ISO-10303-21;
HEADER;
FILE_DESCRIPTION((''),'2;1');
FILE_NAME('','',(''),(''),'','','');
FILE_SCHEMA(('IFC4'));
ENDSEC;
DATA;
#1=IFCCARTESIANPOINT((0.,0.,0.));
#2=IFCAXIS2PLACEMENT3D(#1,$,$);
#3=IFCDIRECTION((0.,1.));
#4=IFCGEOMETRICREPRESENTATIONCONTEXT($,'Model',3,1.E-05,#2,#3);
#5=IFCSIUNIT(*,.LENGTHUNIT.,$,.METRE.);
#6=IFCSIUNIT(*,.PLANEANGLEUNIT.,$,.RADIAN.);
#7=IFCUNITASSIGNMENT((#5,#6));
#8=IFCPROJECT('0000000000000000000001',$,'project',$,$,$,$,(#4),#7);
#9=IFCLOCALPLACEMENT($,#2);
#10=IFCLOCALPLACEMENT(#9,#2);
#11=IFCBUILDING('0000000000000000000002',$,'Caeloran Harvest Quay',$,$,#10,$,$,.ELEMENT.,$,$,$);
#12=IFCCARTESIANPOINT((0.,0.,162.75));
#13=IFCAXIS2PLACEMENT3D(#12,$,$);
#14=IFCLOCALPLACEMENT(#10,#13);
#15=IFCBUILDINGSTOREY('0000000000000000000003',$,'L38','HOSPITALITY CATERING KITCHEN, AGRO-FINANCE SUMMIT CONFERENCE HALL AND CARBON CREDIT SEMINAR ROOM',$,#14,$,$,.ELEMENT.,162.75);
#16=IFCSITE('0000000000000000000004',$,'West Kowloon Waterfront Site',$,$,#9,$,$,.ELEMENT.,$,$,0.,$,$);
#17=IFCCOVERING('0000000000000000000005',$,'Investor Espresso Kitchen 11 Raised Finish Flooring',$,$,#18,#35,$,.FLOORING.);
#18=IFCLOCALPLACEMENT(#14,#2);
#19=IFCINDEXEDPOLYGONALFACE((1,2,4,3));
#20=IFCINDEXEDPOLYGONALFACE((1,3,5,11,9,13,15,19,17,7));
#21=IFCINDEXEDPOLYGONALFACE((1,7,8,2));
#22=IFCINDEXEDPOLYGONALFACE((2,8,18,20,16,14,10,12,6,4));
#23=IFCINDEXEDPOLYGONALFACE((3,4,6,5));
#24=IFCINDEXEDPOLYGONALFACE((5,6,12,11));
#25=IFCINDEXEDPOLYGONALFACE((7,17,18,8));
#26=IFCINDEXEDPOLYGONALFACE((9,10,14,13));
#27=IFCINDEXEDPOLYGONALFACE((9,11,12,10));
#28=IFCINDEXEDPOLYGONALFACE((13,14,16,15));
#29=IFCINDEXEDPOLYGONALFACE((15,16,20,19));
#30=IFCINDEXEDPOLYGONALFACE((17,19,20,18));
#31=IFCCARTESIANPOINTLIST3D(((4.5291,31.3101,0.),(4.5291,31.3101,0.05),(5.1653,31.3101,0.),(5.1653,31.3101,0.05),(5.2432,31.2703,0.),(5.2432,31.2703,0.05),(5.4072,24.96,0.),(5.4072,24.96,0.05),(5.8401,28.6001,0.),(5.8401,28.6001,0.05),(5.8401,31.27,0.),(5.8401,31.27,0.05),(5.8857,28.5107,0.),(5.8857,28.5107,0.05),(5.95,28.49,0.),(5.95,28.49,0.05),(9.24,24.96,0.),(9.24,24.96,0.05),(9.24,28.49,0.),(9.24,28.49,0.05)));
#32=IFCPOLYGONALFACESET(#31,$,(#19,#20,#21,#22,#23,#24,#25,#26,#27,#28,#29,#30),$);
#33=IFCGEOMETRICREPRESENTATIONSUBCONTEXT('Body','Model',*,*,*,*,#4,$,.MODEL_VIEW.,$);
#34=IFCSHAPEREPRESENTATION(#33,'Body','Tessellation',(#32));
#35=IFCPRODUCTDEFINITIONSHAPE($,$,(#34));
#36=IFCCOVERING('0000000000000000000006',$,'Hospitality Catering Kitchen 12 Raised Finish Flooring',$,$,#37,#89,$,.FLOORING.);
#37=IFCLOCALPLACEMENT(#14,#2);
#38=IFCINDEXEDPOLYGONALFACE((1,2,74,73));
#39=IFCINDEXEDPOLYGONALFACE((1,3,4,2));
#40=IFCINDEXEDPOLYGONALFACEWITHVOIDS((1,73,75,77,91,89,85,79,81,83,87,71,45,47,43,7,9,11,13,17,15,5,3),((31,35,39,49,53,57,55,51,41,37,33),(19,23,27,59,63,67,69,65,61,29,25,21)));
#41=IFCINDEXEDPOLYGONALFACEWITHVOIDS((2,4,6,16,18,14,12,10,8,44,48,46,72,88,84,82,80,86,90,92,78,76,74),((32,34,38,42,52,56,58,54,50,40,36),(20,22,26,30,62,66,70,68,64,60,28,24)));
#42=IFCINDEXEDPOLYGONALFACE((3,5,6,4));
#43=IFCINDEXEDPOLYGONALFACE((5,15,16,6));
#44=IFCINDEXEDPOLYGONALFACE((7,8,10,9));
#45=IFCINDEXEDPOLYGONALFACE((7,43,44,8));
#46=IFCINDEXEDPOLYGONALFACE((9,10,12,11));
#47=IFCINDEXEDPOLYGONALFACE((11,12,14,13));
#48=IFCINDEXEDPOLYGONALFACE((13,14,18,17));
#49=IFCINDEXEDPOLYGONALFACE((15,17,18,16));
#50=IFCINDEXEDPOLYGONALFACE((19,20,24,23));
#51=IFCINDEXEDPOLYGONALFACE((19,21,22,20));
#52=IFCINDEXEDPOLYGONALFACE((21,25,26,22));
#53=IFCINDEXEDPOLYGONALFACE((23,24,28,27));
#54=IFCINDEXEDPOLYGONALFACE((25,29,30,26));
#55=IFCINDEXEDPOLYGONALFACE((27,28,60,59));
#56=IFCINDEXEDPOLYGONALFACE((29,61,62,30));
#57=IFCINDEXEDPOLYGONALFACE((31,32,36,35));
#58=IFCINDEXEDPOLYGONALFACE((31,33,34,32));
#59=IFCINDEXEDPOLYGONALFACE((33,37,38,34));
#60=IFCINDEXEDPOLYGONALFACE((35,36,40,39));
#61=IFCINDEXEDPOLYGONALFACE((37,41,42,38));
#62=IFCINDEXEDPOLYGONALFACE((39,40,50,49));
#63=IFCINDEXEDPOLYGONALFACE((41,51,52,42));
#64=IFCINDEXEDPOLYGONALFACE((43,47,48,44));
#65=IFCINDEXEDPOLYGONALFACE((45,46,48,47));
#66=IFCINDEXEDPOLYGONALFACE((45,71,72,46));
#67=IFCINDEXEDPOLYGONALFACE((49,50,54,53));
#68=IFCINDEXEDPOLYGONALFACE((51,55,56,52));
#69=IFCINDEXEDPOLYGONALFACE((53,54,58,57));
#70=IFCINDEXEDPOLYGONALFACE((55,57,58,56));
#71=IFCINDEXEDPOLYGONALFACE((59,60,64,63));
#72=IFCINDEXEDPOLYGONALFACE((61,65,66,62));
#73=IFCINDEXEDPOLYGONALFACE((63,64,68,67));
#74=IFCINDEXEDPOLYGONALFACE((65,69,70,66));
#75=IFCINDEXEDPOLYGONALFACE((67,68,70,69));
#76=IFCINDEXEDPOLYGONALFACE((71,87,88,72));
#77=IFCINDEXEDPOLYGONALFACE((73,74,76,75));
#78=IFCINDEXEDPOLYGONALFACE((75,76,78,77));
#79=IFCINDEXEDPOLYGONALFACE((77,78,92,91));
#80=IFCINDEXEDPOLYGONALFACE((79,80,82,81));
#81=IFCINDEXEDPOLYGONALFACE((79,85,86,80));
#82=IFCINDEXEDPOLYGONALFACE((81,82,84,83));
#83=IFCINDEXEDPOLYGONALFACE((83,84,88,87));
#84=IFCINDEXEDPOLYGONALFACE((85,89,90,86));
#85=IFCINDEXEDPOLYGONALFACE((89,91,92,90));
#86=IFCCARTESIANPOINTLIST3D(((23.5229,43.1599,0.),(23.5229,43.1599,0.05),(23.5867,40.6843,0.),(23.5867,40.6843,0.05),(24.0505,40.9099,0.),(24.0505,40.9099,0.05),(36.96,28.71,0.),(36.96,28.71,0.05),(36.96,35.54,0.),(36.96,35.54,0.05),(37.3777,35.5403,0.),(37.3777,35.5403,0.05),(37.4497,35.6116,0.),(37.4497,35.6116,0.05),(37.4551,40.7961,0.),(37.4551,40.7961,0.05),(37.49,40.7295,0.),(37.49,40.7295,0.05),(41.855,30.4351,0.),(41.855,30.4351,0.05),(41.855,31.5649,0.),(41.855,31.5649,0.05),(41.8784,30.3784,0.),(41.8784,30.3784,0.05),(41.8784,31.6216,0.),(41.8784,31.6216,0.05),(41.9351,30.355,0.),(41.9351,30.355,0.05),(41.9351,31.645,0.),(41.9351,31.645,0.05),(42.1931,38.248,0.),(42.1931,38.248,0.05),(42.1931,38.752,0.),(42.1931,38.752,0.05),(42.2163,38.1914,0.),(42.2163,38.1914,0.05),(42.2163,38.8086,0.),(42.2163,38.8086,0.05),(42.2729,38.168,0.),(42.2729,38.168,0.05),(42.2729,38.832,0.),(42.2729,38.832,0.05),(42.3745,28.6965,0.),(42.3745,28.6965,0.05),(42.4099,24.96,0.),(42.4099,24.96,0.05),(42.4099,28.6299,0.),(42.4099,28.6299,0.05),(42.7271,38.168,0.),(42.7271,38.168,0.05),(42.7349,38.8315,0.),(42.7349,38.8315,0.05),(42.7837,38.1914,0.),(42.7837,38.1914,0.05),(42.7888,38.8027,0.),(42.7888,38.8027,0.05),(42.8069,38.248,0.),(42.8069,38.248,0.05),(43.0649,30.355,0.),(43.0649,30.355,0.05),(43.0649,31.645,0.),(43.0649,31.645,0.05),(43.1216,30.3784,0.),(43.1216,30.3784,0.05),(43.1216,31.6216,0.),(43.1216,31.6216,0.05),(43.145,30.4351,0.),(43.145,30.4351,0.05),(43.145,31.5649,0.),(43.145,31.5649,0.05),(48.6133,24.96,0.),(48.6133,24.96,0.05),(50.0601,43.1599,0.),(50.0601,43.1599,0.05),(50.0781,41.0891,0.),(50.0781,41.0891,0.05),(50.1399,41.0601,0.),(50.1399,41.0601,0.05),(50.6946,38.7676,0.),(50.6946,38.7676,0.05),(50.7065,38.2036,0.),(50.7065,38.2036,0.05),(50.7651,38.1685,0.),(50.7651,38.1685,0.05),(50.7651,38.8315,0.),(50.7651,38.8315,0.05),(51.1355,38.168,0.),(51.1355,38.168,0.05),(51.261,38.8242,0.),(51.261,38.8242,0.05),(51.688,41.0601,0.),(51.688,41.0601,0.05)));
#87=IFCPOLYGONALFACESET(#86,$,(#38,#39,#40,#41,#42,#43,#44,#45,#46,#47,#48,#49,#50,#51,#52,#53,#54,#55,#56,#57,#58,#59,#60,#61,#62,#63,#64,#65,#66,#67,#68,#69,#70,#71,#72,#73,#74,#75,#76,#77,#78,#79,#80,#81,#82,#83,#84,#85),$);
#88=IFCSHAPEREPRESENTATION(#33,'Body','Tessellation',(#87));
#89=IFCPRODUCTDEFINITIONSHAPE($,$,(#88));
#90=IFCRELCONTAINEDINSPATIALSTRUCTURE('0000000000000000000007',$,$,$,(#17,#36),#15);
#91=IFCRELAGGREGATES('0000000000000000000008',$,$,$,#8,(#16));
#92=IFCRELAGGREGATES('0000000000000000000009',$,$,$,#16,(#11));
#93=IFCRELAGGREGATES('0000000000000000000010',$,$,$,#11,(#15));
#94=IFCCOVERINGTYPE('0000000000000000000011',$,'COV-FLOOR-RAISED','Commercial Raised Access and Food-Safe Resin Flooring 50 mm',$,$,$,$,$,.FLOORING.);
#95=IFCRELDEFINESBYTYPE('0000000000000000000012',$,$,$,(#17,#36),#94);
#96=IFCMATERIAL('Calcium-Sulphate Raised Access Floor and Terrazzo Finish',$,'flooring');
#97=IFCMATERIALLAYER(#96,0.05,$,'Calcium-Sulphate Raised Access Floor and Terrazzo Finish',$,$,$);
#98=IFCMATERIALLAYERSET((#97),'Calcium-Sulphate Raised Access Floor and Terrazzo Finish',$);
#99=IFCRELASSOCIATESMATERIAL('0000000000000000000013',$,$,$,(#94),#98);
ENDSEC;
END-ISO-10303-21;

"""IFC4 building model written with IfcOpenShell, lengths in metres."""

from ifc_helpers import new_model, si_unit, direction, frame, origin, place, context, subcontext, project, spatial, polyline, outline, extrude, material, layer, layer_set, type_object, element, save


model = new_model("IFC4")

# Units and contexts
model_context = context("Model", 3, precision=1e-05, world=origin(), true_north=direction((0.0, 1.0)))
body_context = subcontext(model_context, "Body", "Model", "MODEL_VIEW")
ifc_project = project(units=[si_unit("LENGTHUNIT", "METRE"), si_unit("PLANEANGLEUNIT", "RADIAN")], contexts=[model_context])

# Site, building, storey
site_placement = place(None, origin())
site = spatial("IfcSite", under=ifc_project, at=site_placement, Name="West Kowloon Waterfront Site", CompositionType="ELEMENT", RefElevation=0.0)
building_placement = place(site_placement, origin())
building = spatial("IfcBuilding", under=site, at=building_placement, Name="Caeloran Harvest Quay", CompositionType="ELEMENT")
storey_placement = place(building_placement, frame((0.0, 0.0, 162.75)))
storey = spatial("IfcBuildingStorey", under=building, at=storey_placement, Name="L38", Description="HOSPITALITY CATERING KITCHEN, AGRO-FINANCE SUMMIT CONFERENCE HALL AND CARBON CREDIT SEMINAR ROOM", CompositionType="ELEMENT", Elevation=162.75)

# Coverings
ifc_material_1 = material(Name="Calcium-Sulphate Raised Access Floor and Terrazzo Finish", Category="flooring")
ifc_layer_1 = layer(ifc_material_1, 0.05, Name="Calcium-Sulphate Raised Access Floor and Terrazzo Finish")
ifc_layer_set_1 = layer_set([ifc_layer_1], Name="Calcium-Sulphate Raised Access Floor and Terrazzo Finish")
covering_type_1 = type_object("IfcCoveringType", Name="COV-FLOOR-RAISED", Description="Commercial Raised Access and Food-Safe Resin Flooring 50 mm", PredefinedType="FLOORING", material=ifc_layer_set_1)
covering_1_placement = place(storey_placement, origin())
element("IfcCovering", 1, at=covering_1_placement, inside=storey, type_object=covering_type_1, Name="Investor Espresso Kitchen 11 Raised Finish Flooring", PredefinedType="FLOORING", context=body_context, shape_type="SweptSolid", body=[
    extrude(outline(polyline([(5.1653, 31.3101), (5.2432, 31.2703), (5.8401, 31.27), (5.8401, 28.6001), (5.8857, 28.5107), (5.95, 28.49), (9.24, 28.49), (9.24, 24.96), (5.4072, 24.96), (4.5291, 31.3101), (5.1653, 31.3101)])), origin(), (0.0, 0.0, 1.0), 0.05),
])
covering_2_placement = place(storey_placement, origin())
element("IfcCovering", 2, at=covering_2_placement, inside=storey, type_object=covering_type_1, Name="Hospitality Catering Kitchen 12 Raised Finish Flooring", PredefinedType="FLOORING", context=body_context, shape_type="SweptSolid", body=[
    extrude(outline(polyline([(24.0505, 40.9099), (23.5867, 40.6843), (23.5229, 43.1599), (50.0601, 43.1599), (50.0781, 41.0891), (50.1399, 41.0601), (51.688, 41.0601), (51.261, 38.8242), (50.7651, 38.8315), (50.6946, 38.7676), (50.7065, 38.2036), (50.7651, 38.1685), (51.1355, 38.168), (48.6133, 24.96), (42.4099, 24.96), (42.4099, 28.6299), (42.3745, 28.6965), (36.96, 28.71), (36.96, 35.54), (37.3777, 35.5403), (37.4497, 35.6116), (37.49, 40.7295), (37.4551, 40.7961), (24.0505, 40.9099)]), holes=[polyline([(41.9351, 31.645), (41.8784, 31.6216), (41.855, 31.5649), (41.855, 30.4351), (41.8784, 30.3784), (41.9351, 30.355), (43.0649, 30.355), (43.1216, 30.3784), (43.145, 30.4351), (43.145, 31.5649), (43.1216, 31.6216), (43.0649, 31.645), (41.9351, 31.645)]), polyline([(42.8069, 38.248), (42.7888, 38.8027), (42.7349, 38.8315), (42.2729, 38.832), (42.2163, 38.8086), (42.1931, 38.752), (42.1931, 38.248), (42.2163, 38.1914), (42.2729, 38.168), (42.7271, 38.168), (42.7837, 38.1914), (42.8069, 38.248)])]), origin(), (0.0, 0.0, 1.0), 0.05),
])

save(model, "model.ifc")
